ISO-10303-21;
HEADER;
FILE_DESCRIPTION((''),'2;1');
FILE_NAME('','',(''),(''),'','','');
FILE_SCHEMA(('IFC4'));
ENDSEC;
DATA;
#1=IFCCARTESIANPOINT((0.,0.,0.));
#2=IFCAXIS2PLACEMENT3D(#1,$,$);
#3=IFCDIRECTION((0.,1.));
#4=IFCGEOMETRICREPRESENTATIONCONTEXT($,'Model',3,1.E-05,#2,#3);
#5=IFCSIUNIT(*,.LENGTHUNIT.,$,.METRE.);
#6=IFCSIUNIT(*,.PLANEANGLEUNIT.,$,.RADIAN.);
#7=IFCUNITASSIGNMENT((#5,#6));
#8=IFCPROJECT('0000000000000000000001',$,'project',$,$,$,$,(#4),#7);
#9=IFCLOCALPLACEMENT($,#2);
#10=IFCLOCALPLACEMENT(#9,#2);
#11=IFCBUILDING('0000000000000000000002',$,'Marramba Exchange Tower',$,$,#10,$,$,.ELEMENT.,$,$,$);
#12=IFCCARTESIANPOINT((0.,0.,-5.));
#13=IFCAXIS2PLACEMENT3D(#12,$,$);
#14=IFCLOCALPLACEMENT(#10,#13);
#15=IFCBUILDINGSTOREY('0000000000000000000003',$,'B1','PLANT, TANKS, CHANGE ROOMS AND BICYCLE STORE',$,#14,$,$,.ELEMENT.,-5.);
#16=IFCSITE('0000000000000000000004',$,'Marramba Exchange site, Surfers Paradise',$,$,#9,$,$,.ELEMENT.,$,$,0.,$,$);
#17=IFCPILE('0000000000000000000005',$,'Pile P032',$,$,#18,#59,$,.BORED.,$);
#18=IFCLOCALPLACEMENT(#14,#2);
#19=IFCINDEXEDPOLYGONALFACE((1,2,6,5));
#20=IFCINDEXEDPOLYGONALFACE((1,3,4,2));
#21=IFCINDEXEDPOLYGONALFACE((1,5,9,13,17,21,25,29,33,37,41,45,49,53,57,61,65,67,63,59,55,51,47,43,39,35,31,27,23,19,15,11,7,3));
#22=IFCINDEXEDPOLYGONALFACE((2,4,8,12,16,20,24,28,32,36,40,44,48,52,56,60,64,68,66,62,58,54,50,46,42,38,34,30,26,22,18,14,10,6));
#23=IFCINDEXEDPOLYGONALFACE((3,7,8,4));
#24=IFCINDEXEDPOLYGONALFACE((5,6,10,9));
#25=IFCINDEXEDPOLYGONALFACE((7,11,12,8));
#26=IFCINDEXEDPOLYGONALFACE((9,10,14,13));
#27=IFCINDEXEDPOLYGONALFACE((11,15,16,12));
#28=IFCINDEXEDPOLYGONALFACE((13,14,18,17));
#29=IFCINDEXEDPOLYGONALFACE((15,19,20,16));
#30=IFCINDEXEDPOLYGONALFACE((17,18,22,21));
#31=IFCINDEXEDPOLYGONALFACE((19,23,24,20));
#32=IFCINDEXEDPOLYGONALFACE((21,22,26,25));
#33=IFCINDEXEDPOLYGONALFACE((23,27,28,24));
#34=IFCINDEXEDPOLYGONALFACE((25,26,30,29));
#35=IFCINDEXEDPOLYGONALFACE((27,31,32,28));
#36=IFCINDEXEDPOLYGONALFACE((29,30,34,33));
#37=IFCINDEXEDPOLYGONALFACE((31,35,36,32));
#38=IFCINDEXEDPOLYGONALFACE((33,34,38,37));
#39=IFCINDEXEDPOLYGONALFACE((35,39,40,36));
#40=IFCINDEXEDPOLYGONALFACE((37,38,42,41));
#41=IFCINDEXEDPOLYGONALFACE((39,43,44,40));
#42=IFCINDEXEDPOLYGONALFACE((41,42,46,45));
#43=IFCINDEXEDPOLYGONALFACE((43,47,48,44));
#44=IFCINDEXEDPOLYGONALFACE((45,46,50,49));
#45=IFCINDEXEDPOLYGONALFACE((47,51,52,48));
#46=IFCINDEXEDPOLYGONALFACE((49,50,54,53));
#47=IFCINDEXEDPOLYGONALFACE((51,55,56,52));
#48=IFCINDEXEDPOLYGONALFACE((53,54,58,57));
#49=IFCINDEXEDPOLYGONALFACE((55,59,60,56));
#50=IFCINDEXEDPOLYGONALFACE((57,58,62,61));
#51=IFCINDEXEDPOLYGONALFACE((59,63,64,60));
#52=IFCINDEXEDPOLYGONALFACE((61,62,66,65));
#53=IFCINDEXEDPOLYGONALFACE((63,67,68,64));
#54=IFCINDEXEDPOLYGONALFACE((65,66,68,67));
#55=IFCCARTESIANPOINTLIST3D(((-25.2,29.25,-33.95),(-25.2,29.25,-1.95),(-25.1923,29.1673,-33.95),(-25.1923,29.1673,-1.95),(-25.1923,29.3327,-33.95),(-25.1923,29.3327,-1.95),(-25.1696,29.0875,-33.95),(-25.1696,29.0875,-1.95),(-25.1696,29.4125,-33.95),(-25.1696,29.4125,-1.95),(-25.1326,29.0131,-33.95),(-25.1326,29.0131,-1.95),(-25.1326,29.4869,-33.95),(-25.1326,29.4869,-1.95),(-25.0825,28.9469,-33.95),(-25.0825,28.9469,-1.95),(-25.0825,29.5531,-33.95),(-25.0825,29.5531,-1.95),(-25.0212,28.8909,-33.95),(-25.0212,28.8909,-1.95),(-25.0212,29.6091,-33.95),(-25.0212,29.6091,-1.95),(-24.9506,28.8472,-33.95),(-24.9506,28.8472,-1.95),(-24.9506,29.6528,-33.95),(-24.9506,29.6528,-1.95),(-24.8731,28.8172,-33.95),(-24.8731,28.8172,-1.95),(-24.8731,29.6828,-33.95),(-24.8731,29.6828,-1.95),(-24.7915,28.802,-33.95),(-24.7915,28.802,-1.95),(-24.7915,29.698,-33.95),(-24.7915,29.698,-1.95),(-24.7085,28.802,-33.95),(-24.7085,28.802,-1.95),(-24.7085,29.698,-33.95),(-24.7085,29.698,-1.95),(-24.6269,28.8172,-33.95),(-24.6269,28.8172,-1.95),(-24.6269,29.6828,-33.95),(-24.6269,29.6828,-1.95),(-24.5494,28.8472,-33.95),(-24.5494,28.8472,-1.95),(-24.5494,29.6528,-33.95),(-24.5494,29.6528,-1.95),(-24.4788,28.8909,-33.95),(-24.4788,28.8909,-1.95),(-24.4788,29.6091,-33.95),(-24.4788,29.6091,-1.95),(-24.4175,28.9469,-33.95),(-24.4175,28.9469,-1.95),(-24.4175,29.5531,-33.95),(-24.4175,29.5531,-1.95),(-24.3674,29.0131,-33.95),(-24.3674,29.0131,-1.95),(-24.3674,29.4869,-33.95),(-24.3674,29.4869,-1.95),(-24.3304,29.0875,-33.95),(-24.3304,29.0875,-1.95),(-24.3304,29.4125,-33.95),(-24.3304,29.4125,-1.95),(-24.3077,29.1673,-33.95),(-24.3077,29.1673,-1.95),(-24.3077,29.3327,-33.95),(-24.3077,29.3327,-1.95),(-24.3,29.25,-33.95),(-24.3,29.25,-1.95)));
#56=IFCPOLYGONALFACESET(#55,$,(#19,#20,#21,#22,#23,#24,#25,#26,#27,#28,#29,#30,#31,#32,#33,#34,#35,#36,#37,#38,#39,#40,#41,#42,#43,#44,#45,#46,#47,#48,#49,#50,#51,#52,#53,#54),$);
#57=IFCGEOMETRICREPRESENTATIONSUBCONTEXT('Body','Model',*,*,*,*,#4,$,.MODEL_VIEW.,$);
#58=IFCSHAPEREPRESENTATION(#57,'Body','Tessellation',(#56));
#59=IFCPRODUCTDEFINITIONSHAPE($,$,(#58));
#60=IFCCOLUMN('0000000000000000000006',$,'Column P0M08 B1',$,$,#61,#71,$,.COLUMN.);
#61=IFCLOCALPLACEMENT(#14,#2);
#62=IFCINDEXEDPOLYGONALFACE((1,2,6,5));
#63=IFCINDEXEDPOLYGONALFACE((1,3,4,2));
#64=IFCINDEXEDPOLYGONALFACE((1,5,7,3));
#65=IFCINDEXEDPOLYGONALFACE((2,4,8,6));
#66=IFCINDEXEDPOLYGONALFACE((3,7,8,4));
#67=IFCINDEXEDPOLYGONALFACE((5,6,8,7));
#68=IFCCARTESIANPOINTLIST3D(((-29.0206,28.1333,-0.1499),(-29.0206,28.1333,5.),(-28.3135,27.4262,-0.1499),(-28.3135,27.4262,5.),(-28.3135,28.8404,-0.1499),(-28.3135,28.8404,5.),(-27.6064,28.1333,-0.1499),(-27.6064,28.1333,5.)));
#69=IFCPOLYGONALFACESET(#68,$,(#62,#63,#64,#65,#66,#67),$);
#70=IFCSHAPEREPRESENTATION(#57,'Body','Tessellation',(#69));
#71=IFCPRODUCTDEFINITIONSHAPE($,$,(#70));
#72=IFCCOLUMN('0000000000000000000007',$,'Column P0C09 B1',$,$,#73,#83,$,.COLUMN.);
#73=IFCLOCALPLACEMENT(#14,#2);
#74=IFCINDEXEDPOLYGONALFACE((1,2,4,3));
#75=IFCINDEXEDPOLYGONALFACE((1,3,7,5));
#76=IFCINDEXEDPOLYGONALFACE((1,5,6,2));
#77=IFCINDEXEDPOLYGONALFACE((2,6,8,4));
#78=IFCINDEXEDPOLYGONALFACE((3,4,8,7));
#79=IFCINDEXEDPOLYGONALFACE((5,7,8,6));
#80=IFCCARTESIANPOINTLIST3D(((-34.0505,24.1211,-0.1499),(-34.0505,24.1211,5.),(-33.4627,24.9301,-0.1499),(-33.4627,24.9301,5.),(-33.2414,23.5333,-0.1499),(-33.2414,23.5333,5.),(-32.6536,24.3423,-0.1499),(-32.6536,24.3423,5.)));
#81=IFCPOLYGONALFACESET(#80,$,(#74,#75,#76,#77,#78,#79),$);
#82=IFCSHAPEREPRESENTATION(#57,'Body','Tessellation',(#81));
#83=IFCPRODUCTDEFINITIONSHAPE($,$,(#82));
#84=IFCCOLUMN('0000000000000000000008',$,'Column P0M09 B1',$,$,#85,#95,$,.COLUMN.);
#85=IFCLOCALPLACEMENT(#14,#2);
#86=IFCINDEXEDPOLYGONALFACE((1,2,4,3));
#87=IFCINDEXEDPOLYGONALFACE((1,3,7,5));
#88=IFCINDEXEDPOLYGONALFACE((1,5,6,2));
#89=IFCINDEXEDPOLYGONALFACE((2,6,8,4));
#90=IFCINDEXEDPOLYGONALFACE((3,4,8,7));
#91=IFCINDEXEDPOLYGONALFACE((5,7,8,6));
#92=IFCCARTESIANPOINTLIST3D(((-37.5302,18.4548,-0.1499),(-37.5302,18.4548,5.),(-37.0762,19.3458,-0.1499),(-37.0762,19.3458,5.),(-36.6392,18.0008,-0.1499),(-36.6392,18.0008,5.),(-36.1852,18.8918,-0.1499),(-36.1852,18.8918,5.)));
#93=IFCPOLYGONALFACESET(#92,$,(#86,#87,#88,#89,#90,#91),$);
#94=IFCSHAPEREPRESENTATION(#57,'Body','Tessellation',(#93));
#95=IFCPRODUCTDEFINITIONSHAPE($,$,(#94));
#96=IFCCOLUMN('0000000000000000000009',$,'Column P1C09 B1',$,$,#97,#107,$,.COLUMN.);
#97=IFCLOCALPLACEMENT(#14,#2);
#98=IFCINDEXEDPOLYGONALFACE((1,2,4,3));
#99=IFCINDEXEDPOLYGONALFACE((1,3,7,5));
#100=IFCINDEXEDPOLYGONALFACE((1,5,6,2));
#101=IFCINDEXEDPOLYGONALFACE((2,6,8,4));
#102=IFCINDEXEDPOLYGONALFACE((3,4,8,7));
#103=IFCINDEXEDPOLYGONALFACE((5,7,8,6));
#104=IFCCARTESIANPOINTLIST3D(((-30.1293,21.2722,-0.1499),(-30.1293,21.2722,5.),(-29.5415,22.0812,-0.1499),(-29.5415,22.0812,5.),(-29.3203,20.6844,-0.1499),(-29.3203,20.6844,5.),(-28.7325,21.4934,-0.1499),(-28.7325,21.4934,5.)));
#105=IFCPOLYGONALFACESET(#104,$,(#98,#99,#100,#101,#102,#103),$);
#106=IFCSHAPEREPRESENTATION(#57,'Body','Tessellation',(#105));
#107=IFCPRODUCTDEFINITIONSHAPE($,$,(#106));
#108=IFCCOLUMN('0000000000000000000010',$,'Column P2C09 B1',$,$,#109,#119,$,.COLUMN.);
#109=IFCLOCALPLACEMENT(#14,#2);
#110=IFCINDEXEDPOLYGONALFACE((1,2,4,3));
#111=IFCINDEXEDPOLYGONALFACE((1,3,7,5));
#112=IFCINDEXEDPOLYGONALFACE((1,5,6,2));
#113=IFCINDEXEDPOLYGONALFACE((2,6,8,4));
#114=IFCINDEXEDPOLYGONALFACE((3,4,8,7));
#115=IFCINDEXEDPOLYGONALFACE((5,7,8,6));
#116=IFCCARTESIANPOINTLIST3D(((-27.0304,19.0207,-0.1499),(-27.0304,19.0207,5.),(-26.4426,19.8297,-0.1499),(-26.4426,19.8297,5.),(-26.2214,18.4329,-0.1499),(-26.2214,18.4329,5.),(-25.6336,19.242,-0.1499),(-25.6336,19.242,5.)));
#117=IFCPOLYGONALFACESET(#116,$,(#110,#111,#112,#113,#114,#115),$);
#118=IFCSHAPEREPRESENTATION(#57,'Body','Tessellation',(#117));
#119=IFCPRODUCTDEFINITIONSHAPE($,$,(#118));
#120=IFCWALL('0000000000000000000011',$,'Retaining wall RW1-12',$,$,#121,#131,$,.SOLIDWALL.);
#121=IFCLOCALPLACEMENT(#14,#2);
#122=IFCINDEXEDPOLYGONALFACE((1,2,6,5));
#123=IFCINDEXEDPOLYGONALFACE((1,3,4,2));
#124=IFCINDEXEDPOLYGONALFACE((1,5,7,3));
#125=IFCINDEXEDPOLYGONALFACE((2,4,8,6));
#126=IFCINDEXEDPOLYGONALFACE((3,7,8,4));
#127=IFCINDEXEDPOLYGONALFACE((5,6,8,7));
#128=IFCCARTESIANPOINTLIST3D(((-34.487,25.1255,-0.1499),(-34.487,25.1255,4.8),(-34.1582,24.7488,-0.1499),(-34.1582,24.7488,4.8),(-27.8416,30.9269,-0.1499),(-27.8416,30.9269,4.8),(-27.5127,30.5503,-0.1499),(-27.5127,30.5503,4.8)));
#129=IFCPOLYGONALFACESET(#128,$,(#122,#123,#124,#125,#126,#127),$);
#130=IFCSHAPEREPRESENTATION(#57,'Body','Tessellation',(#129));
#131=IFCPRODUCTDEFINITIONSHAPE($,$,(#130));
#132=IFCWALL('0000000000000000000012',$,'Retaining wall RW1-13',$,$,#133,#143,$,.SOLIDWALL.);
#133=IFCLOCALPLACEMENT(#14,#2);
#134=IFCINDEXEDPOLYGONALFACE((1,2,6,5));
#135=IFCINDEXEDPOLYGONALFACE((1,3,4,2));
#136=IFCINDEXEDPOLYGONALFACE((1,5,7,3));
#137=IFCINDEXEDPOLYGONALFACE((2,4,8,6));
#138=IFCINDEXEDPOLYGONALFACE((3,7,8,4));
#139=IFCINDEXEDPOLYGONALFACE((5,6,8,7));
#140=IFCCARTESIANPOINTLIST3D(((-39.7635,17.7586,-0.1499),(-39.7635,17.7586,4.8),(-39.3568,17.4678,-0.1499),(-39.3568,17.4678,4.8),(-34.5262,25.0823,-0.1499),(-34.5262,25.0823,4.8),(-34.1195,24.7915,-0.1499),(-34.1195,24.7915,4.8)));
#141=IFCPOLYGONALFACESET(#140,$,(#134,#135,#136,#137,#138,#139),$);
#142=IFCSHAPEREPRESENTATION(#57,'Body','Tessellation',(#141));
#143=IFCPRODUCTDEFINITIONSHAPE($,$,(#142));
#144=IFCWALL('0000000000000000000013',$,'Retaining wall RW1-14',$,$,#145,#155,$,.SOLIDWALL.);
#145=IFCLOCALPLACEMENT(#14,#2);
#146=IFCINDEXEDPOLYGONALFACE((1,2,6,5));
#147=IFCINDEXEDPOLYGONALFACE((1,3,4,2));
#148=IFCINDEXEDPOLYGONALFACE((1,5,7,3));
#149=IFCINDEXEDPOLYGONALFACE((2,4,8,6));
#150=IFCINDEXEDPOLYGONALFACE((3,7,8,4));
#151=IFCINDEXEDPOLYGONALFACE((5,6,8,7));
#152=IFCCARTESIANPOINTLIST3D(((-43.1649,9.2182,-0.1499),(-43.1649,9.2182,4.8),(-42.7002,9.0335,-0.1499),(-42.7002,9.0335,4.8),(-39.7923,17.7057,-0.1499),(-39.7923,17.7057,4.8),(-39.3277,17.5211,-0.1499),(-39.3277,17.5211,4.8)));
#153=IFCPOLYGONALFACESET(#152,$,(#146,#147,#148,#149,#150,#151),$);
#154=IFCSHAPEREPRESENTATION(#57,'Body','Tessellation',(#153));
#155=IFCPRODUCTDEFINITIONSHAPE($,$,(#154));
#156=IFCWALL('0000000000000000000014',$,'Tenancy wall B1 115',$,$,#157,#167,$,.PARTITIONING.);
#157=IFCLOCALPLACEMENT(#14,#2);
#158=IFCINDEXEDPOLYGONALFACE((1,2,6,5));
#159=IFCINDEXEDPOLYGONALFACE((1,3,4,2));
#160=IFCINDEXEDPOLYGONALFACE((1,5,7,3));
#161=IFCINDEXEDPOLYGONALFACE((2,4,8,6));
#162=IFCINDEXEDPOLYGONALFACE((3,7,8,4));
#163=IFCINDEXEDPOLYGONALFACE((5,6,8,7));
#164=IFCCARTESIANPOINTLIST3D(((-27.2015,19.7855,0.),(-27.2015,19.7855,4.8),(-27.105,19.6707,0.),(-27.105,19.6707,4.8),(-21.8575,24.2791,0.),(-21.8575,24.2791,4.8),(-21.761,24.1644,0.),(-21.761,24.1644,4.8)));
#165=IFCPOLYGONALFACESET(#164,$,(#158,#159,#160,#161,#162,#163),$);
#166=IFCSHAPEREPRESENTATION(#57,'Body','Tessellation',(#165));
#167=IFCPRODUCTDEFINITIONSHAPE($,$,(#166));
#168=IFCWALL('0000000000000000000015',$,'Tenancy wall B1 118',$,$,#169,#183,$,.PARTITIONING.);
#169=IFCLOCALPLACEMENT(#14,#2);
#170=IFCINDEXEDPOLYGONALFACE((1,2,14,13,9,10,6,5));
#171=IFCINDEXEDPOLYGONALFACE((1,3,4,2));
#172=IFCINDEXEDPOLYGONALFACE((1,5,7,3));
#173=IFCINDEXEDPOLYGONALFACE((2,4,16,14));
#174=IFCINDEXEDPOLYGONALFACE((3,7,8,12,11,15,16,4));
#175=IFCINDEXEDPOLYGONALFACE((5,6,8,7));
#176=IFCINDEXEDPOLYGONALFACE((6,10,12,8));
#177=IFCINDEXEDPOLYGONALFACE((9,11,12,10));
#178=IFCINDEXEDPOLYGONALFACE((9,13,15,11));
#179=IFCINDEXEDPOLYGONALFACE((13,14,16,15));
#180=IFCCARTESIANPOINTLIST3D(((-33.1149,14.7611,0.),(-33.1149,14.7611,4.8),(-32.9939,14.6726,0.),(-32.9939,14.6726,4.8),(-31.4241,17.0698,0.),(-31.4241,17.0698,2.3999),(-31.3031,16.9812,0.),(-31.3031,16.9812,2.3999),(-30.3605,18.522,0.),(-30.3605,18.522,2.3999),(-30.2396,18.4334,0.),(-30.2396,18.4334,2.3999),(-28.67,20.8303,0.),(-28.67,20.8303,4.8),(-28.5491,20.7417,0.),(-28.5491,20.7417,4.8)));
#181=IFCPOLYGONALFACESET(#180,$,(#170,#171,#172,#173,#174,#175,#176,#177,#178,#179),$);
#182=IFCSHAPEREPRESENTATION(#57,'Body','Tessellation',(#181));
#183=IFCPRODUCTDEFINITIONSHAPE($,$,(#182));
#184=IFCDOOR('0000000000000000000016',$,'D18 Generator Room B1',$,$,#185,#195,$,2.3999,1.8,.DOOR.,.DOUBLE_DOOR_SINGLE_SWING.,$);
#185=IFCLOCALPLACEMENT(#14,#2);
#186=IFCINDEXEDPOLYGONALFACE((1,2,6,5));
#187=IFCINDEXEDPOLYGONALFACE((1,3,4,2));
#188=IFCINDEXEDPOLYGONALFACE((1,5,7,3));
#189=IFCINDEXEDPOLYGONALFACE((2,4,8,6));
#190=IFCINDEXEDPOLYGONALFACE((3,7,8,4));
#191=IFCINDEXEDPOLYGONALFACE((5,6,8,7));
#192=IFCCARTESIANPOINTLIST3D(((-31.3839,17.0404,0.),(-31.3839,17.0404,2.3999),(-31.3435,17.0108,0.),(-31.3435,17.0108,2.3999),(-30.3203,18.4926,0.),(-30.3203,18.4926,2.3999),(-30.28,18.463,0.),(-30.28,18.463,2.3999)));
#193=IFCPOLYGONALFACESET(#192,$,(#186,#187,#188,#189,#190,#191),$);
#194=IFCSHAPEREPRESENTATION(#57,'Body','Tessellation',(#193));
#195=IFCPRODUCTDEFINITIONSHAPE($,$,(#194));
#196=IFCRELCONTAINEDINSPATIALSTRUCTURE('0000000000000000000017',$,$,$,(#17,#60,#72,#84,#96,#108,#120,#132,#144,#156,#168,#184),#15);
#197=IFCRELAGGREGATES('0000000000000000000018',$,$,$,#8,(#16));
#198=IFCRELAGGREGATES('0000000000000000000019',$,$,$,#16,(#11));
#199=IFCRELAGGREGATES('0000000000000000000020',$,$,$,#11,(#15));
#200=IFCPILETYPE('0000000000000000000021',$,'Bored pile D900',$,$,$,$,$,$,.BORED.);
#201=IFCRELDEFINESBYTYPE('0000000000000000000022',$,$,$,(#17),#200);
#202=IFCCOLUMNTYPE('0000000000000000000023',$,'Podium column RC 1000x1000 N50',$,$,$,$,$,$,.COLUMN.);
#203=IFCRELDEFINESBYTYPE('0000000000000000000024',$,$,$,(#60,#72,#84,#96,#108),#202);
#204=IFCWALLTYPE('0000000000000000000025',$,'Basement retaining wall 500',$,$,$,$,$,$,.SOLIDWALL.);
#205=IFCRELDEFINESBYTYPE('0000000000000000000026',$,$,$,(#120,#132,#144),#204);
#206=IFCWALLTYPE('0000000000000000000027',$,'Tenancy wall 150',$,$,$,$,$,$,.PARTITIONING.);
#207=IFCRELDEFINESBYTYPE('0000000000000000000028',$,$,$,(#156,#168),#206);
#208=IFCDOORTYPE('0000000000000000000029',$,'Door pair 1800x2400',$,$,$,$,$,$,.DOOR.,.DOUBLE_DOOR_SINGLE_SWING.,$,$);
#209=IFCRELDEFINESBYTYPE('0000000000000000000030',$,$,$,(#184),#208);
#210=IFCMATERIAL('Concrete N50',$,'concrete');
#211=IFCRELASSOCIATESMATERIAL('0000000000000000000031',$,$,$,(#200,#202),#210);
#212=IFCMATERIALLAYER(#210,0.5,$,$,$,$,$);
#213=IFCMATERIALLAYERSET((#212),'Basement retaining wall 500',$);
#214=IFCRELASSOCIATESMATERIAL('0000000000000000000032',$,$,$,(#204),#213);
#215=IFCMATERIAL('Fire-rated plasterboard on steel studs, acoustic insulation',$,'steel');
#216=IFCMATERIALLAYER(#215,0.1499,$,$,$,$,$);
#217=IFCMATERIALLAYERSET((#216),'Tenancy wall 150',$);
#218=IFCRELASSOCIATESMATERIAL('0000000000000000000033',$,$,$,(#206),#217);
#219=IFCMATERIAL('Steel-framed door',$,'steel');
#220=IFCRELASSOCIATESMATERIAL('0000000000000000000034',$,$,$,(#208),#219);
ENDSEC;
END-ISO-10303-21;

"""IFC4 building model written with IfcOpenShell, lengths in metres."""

from ifc_helpers import new_model, si_unit, direction, frame, frame_2d, origin, origin_2d, place, context, subcontext, project, spatial, rectangle, circle, extrude, material, layer, layer_set, material_profile, profile_set, type_object, element, fill, save


model = new_model("IFC4")

# Units and contexts
model_context = context("Model", 3, precision=1e-05, world=origin(), true_north=direction((0.0, 1.0)))
body_context = subcontext(model_context, "Body", "Model", "MODEL_VIEW")
ifc_project = project(units=[si_unit("LENGTHUNIT", "METRE"), si_unit("PLANEANGLEUNIT", "RADIAN")], contexts=[model_context])

# Site, building, storey
site_placement = place(None, origin())
site = spatial("IfcSite", under=ifc_project, at=site_placement, Name="Marramba Exchange site, Surfers Paradise", CompositionType="ELEMENT", RefElevation=0.0)
building_placement = place(site_placement, origin())
building = spatial("IfcBuilding", under=site, at=building_placement, Name="Marramba Exchange Tower", CompositionType="ELEMENT")
storey_placement = place(building_placement, frame((0.0, 0.0, -5.0)))
storey = spatial("IfcBuildingStorey", under=building, at=storey_placement, Name="B1", Description="PLANT, TANKS, CHANGE ROOMS AND BICYCLE STORE", CompositionType="ELEMENT", Elevation=-5.0)

# Pile
ifc_material_1 = material(Name="Concrete N50", Category="concrete")
ifc_material_profile_1 = material_profile(ifc_material_1, circle(Radius=0.45, at=origin_2d()), Name="BP D900")
ifc_profile_set_1 = profile_set([ifc_material_profile_1], Name="Concrete N50")
pile_type = type_object("IfcPileType", Name="Bored pile D900", PredefinedType="BORED", material=ifc_profile_set_1)
for number, where, z_axis, x_axis, name in (
    (1, (-24.75, 29.25, -1.95), (0.0, 0.0, -1.0), (1.0, 0.0, 0.0), "Pile P032"),
):
    element("IfcPile", number, at=place(storey_placement, frame(where, z_axis=z_axis, x_axis=x_axis)), inside=storey, type_object=pile_type, Name=name, PredefinedType="BORED", context=body_context, shape_type="SweptSolid", body=[
        extrude(circle(Radius=0.45, at=origin_2d()), origin(), (0.0, 0.0, 1.0), 32.0),
    ])

# Columns
ifc_material_profile_2 = material_profile(ifc_material_1, rectangle(XDim=1.0, YDim=1.0, at=origin_2d()), Name="RC 1000x1000")
ifc_profile_set_2 = profile_set([ifc_material_profile_2], Name="Concrete N50")
column_type = type_object("IfcColumnType", Name="Podium column RC 1000x1000 N50", PredefinedType="COLUMN", material=ifc_profile_set_2)
for number, where, z_axis, x_axis, name in (
    (2, (-28.3135, 28.1333, -0.1499), (0.0, 0.0, 1.0), (-0.707107, 0.707107, 0.0), "Column P0M08 B1"),
    (3, (-33.3521, 24.2317, -0.1499), (0.0, 0.0, 1.0), (-0.809017, 0.587785, 0.0), "Column P0C09 B1"),
    (4, (-36.8577, 18.6733, -0.1499), (0.0, 0.0, 1.0), (-0.891007, 0.45399, 0.0), "Column P0M09 B1"),
    (5, (-29.4309, 21.3828, -0.1499), (0.0, 0.0, 1.0), (-0.809017, 0.587785, 0.0), "Column P1C09 B1"),
    (6, (-26.332, 19.1313, -0.1499), (0.0, 0.0, 1.0), (-0.809017, 0.587785, 0.0), "Column P2C09 B1"),
):
    element("IfcColumn", number, at=place(storey_placement, frame(where, z_axis=z_axis, x_axis=x_axis)), inside=storey, type_object=column_type, Name=name, PredefinedType="COLUMN", context=body_context, shape_type="SweptSolid", body=[
        extrude(rectangle(XDim=1.0, YDim=1.0, at=origin_2d()), origin(), (0.0, 0.0, 1.0), 5.1499),
    ])

# Walls
ifc_layer_1 = layer(ifc_material_1, 0.5)
ifc_layer_set_1 = layer_set([ifc_layer_1], Name="Basement retaining wall 500")
wall_type_1 = type_object("IfcWallType", Name="Basement retaining wall 500", PredefinedType="SOLIDWALL", material=ifc_layer_set_1)
wall_1_placement = place(storey_placement, frame((-27.6772, 30.7385, -0.1499), z_axis=(0.0, 0.0, 1.0), x_axis=(-0.753324, -0.65765, 0.0)))
element("IfcWall", 7, at=wall_1_placement, inside=storey, type_object=wall_type_1, Name="Retaining wall RW1-12", PredefinedType="SOLIDWALL", context=body_context, shape_type="SweptSolid", body=[
    extrude(rectangle(XDim=8.8215, YDim=0.5, at=frame_2d((4.4106, 0.0))), origin(), (0.0, 0.0, 1.0), 4.95),
])
wall_2_placement = place(storey_placement, frame((-34.3228, 24.937, -0.1499), z_axis=(0.0, 0.0, 1.0), x_axis=(-0.581684, -0.813415, 0.0)))
element("IfcWall", 8, at=wall_2_placement, inside=storey, type_object=wall_type_1, Name="Retaining wall RW1-13", PredefinedType="SOLIDWALL", context=body_context, shape_type="SweptSolid", body=[
    extrude(rectangle(XDim=9.0037, YDim=0.5, at=frame_2d((4.502, 0.0))), origin(), (0.0, 0.0, 1.0), 4.95),
])
wall_3_placement = place(storey_placement, frame((-39.5601, 17.6133, -0.1499), z_axis=(0.0, 0.0, 1.0), x_axis=(-0.36927, -0.929322, 0.0)))
element("IfcWall", 9, at=wall_3_placement, inside=storey, type_object=wall_type_1, Name="Retaining wall RW1-14", PredefinedType="SOLIDWALL", context=body_context, shape_type="SweptSolid", body=[
    extrude(rectangle(XDim=9.1331, YDim=0.5, at=frame_2d((4.5664, 0.0))), origin(), (0.0, 0.0, 1.0), 4.95),
])
ifc_material_2 = material(Name="Fire-rated plasterboard on steel studs, acoustic insulation", Category="steel")
ifc_layer_2 = layer(ifc_material_2, 0.1499)
ifc_layer_set_2 = layer_set([ifc_layer_2], Name="Tenancy wall 150")
wall_type_2 = type_object("IfcWallType", Name="Tenancy wall 150", PredefinedType="PARTITIONING", material=ifc_layer_set_2)
wall_4_placement = place(storey_placement, frame((-27.1533, 19.728, 0.0), z_axis=(0.0, 0.0, 1.0), x_axis=(0.765373, 0.643586, 0.0)))
element("IfcWall", 10, at=wall_4_placement, inside=storey, type_object=wall_type_2, Name="Tenancy wall B1 115", PredefinedType="PARTITIONING", context=body_context, shape_type="SweptSolid", body=[
    extrude(rectangle(XDim=6.9822, YDim=0.1499, at=frame_2d((3.4912, 0.0))), origin(), (0.0, 0.0, 1.0), 4.8),
])

# Wall, opening, door
wall_5_placement = place(storey_placement, frame((-28.6096, 20.7859, 0.0), z_axis=(0.0, 0.0, 1.0), x_axis=(-0.590858, -0.806775, 0.0)))
wall_5 = element("IfcWall", 11, at=wall_5_placement, inside=storey, type_object=wall_type_2, Name="Tenancy wall B1 118", PredefinedType="PARTITIONING", context=body_context, shape_type="SweptSolid", body=[
    extrude(rectangle(XDim=7.5227, YDim=0.1499, at=frame_2d((3.7612, 0.0))), origin(), (0.0, 0.0, 1.0), 4.8),
])
opening_placement = place(wall_5_placement, frame((2.8611, 0.0, 0.0)))
opening = element("IfcOpeningElement", 12, at=opening_placement, cuts=wall_5, PredefinedType="OPENING", context=body_context, shape_type="SweptSolid", body=[
    extrude(rectangle(XDim=1.8, YDim=2.3999, at=frame_2d((0.8999, 1.2))), frame((0.0, 0.085, 0.0), z_axis=(0.0, -1.0, 0.0), x_axis=(1.0, 0.0, 0.0)), (0.0, 0.0, 1.0), 0.1699),
])
ifc_material_3 = material(Name="Steel-framed door", Category="steel")
door_type = type_object("IfcDoorType", Name="Door pair 1800x2400", OperationType="DOUBLE_DOOR_SINGLE_SWING", PredefinedType="DOOR", material=ifc_material_3)
door_placement = place(opening_placement, origin())
door = element("IfcDoor", 13, at=door_placement, inside=storey, type_object=door_type, Name="D18 Generator Room B1", OperationType="DOUBLE_DOOR_SINGLE_SWING", OverallHeight=2.3999, OverallWidth=1.8, PredefinedType="DOOR", context=body_context, shape_type="SweptSolid", body=[
    extrude(rectangle(XDim=1.8, YDim=2.3999, at=frame_2d((0.8999, 1.2))), frame((0.0, 0.0249, 0.0), z_axis=(0.0, -1.0, 0.0), x_axis=(1.0, 0.0, 0.0)), (0.0, 0.0, 1.0), 0.05),
])
fill(opening, door)

save(model, "model.ifc")
